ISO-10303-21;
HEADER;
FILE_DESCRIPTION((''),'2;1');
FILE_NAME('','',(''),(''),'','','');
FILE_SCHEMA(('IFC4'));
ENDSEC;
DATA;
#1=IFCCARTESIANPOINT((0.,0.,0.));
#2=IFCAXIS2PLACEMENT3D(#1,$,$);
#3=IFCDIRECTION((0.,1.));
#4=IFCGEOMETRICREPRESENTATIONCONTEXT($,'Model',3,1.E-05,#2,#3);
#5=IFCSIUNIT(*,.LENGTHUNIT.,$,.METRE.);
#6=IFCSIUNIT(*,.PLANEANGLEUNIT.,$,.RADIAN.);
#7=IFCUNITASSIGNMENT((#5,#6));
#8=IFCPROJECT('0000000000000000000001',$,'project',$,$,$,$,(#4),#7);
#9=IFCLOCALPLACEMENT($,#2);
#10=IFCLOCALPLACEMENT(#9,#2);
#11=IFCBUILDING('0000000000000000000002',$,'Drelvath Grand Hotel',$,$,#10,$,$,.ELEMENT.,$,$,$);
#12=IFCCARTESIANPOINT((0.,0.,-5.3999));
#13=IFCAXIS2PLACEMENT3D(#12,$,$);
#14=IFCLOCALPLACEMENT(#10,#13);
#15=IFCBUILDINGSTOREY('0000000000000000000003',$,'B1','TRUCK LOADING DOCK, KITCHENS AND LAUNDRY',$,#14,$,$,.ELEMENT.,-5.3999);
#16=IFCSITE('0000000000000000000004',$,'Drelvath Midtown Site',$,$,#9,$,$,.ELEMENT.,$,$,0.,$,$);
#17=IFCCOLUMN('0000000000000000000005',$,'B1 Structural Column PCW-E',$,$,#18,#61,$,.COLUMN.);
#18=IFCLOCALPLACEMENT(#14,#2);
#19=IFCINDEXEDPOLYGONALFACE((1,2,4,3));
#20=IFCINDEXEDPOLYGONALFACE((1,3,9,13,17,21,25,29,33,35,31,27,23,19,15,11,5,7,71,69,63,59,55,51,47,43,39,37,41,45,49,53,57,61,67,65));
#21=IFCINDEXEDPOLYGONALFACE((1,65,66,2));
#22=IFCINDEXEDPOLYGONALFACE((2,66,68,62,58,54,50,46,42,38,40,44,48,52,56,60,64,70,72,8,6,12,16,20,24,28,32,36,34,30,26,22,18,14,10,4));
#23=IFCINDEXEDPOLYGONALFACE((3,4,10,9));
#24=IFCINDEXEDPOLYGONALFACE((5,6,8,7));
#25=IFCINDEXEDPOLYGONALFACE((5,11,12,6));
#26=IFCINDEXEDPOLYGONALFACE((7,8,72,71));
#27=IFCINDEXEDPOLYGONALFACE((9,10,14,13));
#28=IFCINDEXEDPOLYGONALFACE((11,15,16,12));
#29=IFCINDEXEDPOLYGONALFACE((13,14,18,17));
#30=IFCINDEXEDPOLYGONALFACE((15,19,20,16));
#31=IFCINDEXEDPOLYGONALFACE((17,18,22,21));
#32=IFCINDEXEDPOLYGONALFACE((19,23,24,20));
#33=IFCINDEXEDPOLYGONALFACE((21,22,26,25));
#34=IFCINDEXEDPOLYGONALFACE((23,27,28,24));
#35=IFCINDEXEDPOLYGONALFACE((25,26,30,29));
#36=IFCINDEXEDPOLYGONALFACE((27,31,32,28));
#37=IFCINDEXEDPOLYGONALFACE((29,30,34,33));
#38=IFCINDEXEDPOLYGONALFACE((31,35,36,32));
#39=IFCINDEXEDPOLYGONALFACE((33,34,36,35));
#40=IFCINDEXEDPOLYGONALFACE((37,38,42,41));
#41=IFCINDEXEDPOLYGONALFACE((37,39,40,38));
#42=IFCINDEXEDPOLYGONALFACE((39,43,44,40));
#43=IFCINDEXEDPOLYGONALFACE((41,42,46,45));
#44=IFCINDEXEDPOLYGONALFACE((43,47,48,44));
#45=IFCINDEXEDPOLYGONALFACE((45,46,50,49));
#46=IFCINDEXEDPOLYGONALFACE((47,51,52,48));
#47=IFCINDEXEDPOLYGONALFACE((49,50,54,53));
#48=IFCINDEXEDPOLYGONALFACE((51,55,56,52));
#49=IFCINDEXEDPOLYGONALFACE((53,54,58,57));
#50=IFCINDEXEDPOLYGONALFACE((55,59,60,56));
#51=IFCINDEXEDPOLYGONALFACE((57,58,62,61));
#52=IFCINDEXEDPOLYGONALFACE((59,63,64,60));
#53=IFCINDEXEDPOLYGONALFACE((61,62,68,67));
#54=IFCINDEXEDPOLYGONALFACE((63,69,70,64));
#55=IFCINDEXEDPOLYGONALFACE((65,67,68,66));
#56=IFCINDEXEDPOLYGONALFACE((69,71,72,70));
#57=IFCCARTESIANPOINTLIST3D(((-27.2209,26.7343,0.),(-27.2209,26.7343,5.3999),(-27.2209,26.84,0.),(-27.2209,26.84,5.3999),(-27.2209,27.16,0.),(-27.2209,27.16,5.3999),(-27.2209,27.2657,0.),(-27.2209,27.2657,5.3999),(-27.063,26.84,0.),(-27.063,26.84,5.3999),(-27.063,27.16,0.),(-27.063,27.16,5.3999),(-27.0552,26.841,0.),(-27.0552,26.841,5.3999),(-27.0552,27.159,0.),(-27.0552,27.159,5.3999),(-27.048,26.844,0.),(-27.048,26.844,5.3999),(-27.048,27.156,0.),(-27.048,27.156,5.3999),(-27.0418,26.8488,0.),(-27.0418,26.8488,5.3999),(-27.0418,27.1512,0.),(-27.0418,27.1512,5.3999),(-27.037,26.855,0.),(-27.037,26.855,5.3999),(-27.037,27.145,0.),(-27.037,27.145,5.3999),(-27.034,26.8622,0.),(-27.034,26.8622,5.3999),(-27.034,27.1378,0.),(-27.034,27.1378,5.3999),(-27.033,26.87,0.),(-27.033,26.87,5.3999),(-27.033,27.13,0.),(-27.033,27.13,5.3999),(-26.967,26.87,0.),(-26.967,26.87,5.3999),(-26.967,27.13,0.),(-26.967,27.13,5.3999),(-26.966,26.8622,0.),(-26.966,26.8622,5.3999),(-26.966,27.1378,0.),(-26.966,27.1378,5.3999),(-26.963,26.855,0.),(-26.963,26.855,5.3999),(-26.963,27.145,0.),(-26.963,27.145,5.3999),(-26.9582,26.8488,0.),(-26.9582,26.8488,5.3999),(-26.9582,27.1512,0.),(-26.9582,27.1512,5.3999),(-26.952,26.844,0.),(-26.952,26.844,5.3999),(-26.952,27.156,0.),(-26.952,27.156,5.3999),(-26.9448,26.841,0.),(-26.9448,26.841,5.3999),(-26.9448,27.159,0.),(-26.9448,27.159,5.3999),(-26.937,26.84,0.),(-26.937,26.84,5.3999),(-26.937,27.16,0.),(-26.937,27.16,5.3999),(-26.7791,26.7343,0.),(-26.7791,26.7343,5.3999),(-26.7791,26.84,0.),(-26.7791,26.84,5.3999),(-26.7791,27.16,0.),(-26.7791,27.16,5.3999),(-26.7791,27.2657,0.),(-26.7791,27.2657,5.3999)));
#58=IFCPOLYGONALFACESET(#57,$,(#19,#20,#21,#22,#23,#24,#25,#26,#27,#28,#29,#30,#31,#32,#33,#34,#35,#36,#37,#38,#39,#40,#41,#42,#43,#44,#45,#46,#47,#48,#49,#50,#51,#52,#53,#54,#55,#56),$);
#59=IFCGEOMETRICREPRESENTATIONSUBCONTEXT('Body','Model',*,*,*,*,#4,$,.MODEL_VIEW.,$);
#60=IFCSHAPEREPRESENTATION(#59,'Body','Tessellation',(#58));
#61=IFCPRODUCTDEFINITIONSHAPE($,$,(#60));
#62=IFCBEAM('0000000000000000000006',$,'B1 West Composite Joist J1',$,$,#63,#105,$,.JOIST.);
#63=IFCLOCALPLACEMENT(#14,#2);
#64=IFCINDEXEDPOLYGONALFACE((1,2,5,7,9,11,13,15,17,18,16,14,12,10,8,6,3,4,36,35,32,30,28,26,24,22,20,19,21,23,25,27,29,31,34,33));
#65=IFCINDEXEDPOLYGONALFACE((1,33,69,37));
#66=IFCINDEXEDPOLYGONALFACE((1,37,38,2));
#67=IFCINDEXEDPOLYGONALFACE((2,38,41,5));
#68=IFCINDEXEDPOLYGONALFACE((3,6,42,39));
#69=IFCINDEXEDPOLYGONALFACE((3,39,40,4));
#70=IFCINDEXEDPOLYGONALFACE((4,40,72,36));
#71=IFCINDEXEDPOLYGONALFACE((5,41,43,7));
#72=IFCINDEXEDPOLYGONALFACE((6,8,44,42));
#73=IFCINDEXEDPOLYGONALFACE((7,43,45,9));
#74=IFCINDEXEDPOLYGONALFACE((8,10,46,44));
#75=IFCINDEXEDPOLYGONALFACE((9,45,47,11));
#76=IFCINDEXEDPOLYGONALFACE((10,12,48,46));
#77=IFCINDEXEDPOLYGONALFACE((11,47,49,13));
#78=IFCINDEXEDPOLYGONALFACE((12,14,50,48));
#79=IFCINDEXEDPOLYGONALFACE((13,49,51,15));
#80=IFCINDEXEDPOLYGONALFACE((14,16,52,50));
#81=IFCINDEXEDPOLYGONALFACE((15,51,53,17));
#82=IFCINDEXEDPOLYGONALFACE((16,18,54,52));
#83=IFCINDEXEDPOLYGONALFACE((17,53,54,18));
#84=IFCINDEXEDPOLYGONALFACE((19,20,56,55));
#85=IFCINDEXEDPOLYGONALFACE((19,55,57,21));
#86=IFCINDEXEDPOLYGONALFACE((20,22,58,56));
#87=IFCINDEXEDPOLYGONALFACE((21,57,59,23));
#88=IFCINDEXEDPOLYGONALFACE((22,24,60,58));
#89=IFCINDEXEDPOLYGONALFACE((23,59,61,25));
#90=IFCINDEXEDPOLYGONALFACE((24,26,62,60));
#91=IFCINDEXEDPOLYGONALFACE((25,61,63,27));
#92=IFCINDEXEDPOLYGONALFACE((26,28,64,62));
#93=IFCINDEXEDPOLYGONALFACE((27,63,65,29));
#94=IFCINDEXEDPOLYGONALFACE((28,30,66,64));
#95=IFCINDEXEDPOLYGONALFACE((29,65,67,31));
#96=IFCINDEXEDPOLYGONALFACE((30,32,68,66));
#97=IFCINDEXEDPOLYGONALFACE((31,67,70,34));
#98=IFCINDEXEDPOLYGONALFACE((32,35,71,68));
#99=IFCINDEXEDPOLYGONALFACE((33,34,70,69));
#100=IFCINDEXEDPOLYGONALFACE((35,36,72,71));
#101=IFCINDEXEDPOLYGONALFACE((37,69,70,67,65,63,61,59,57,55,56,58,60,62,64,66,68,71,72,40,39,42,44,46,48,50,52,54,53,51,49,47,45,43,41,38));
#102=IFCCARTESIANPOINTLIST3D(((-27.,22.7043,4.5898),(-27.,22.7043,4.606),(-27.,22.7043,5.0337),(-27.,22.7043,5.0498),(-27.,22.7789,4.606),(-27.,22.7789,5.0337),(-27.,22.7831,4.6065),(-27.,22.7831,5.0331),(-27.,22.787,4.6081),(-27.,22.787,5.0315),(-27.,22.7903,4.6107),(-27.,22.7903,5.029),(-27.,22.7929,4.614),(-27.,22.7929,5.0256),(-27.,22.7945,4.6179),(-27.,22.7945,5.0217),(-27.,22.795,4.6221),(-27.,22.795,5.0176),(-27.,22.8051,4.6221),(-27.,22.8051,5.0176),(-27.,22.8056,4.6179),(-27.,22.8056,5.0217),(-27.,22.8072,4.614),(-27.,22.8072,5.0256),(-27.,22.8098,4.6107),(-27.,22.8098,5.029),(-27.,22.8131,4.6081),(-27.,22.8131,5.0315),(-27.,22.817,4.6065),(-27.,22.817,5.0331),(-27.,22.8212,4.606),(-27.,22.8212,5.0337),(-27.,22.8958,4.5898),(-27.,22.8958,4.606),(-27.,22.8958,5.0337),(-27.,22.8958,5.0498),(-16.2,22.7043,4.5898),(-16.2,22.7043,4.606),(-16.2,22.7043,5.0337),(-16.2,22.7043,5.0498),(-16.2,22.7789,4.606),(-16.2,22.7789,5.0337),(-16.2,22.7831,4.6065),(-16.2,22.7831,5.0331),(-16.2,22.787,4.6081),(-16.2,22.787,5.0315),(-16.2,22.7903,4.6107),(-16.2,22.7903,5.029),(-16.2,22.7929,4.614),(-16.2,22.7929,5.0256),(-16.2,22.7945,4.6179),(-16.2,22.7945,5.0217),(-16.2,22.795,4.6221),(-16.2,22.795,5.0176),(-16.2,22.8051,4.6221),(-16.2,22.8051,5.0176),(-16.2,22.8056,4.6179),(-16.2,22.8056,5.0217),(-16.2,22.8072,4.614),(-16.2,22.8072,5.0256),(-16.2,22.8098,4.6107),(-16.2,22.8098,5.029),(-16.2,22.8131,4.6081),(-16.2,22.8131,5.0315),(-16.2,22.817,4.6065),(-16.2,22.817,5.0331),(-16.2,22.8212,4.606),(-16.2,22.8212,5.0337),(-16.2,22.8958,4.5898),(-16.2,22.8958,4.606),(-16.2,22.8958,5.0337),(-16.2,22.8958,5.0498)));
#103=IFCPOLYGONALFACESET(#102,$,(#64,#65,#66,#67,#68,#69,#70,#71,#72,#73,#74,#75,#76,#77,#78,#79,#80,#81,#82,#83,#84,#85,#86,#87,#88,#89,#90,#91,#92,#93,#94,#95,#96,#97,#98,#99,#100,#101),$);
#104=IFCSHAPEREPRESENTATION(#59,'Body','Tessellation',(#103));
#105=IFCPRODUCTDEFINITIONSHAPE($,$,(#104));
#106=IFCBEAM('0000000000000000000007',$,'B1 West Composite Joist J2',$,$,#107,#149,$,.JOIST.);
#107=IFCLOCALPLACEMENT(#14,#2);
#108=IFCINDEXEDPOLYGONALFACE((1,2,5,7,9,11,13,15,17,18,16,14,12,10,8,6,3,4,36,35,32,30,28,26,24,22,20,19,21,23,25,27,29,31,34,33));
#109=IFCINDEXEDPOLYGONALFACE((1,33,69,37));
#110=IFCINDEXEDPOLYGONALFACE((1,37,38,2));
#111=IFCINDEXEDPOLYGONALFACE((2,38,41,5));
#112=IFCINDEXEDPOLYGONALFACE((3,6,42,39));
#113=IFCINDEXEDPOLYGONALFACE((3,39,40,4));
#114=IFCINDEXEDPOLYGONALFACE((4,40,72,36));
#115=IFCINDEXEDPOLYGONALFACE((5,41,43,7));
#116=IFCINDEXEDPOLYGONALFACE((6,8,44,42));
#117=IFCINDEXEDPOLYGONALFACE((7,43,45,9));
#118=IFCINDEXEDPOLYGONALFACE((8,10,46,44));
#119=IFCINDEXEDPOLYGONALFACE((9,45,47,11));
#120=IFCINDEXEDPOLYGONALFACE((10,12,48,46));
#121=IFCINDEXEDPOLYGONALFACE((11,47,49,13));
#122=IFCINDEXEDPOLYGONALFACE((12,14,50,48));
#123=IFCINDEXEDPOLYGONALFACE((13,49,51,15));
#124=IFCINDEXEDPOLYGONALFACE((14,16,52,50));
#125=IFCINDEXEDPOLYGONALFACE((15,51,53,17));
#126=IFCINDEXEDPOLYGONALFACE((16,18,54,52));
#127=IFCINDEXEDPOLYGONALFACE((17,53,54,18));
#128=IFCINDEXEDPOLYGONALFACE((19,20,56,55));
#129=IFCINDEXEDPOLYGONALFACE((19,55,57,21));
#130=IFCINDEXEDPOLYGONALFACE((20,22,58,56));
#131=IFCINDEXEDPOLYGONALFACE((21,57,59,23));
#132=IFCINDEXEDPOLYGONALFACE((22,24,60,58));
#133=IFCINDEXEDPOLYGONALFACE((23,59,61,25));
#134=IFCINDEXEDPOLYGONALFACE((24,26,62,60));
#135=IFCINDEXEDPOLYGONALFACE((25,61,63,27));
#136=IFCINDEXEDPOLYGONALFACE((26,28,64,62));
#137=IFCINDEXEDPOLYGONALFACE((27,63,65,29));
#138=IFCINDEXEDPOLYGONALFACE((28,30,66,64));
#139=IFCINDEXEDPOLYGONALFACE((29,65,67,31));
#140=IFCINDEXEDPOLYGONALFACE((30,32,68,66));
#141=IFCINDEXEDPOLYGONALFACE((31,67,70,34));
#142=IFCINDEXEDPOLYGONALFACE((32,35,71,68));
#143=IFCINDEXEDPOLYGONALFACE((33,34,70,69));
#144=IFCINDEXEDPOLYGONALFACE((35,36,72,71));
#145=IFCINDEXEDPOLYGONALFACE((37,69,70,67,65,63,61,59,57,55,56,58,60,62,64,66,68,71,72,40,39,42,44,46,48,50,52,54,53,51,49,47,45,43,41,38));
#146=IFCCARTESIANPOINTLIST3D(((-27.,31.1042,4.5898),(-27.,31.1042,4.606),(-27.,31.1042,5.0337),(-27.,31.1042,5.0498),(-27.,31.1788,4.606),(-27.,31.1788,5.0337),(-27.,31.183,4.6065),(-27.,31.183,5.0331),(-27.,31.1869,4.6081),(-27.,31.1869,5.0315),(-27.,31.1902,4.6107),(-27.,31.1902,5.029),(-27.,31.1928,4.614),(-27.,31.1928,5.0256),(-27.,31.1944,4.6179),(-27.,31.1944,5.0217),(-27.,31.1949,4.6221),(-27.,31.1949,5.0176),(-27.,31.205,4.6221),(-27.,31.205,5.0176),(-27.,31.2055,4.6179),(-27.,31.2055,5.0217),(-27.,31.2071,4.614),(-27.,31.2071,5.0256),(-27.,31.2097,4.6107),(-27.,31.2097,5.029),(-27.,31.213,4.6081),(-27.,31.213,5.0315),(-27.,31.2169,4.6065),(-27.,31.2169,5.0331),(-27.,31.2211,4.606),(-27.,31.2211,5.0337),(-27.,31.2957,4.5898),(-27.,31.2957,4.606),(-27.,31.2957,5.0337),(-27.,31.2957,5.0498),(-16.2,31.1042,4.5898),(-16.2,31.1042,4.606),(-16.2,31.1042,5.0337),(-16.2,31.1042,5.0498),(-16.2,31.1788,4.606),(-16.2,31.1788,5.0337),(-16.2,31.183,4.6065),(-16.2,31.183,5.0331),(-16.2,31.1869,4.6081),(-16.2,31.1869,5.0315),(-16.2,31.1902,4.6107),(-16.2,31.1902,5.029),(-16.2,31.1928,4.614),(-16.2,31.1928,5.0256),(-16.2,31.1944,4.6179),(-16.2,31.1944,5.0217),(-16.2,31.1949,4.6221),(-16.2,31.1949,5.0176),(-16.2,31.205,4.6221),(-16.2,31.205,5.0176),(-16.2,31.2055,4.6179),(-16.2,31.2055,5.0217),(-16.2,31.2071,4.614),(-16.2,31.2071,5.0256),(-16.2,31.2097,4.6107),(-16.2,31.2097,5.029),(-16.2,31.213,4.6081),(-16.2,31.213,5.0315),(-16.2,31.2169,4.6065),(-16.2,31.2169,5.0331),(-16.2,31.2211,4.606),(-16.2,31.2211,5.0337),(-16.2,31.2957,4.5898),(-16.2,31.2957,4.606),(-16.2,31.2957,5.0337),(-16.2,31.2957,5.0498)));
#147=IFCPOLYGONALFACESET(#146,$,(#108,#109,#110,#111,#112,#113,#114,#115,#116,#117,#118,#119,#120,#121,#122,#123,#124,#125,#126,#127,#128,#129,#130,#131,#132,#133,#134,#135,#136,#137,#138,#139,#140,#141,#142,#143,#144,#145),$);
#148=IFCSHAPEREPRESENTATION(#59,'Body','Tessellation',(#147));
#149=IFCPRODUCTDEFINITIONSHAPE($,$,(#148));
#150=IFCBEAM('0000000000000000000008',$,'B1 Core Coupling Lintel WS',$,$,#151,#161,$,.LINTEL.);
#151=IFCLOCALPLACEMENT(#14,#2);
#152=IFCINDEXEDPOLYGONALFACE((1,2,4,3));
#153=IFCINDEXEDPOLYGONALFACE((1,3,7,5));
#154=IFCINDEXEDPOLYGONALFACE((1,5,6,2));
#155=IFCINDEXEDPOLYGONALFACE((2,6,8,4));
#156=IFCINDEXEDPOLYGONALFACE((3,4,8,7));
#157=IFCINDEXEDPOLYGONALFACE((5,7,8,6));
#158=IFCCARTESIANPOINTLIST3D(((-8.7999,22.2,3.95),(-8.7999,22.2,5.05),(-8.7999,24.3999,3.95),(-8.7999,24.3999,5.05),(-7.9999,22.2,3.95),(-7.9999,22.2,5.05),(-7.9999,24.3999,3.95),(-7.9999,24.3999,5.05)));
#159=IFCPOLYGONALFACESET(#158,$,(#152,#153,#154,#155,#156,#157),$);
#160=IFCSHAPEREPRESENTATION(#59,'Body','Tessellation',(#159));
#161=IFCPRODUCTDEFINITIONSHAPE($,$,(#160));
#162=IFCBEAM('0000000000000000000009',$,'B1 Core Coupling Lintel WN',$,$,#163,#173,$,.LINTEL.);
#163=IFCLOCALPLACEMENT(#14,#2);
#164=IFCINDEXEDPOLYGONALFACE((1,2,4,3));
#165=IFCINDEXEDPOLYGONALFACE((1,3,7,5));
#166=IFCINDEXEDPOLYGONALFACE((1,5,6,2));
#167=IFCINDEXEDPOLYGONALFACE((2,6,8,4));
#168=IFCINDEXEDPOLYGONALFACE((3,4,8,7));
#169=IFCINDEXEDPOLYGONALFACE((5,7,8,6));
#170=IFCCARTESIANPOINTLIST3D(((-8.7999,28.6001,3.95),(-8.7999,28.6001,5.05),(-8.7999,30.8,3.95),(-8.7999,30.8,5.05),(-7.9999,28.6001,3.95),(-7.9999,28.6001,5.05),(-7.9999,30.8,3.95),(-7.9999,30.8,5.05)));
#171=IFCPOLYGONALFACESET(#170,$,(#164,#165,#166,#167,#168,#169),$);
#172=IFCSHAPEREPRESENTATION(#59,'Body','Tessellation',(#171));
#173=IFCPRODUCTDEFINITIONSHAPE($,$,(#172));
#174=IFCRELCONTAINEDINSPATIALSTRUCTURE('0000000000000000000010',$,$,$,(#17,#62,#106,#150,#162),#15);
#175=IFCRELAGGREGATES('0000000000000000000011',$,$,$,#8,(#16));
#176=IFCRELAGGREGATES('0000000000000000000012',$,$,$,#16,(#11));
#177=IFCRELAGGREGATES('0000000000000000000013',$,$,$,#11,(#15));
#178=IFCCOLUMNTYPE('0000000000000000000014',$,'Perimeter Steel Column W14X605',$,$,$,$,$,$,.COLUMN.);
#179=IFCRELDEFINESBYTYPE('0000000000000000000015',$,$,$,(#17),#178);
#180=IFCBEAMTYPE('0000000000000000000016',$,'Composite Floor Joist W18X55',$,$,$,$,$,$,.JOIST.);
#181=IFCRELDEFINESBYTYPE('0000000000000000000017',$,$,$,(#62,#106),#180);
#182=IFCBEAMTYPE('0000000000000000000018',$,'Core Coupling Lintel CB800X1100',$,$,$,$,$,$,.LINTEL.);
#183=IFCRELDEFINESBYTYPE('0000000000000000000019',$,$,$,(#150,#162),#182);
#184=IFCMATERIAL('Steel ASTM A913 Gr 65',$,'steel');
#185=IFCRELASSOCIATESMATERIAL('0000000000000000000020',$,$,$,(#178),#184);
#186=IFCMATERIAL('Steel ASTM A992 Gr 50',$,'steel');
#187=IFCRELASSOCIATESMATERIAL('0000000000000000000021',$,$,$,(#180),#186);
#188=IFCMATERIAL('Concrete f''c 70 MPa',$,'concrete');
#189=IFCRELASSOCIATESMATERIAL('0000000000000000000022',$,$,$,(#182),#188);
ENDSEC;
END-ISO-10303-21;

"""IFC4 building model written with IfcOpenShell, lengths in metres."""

from ifc_helpers import new_model, si_unit, direction, frame, origin, origin_2d, place, context, subcontext, project, spatial, rectangle, i_section, extrude, material, material_profile, profile_set, type_object, element, save


model = new_model("IFC4")

# Units and contexts
model_context = context("Model", 3, precision=1e-05, world=origin(), true_north=direction((0.0, 1.0)))
body_context = subcontext(model_context, "Body", "Model", "MODEL_VIEW")
ifc_project = project(units=[si_unit("LENGTHUNIT", "METRE"), si_unit("PLANEANGLEUNIT", "RADIAN")], contexts=[model_context])

# Site, building, storey
site_placement = place(None, origin())
site = spatial("IfcSite", under=ifc_project, at=site_placement, Name="Drelvath Midtown Site", CompositionType="ELEMENT", RefElevation=0.0)
building_placement = place(site_placement, origin())
building = spatial("IfcBuilding", under=site, at=building_placement, Name="Drelvath Grand Hotel", CompositionType="ELEMENT")
storey_placement = place(building_placement, frame((0.0, 0.0, -5.3999)))
storey = spatial("IfcBuildingStorey", under=building, at=storey_placement, Name="B1", Description="TRUCK LOADING DOCK, KITCHENS AND LAUNDRY", CompositionType="ELEMENT", Elevation=-5.3999)

# Column
ifc_material_1 = material(Name="Steel ASTM A913 Gr 65", Category="steel")
ifc_material_profile_1 = material_profile(ifc_material_1, i_section(OverallWidth=0.4419, OverallDepth=0.5315, WebThickness=0.0659, FlangeThickness=0.1057, FilletRadius=0.03, at=origin_2d()), Name="W14X605")
ifc_profile_set_1 = profile_set([ifc_material_profile_1], Name="Steel ASTM A913 Gr 65")
column_type = type_object("IfcColumnType", Name="Perimeter Steel Column W14X605", PredefinedType="COLUMN", material=ifc_profile_set_1)
column_placement = place(storey_placement, frame((-27.0, 27.0, 0.0), z_axis=(0.0, 0.0, 1.0), x_axis=(1.0, 0.0, 0.0)))
element("IfcColumn", 1, at=column_placement, inside=storey, type_object=column_type, Name="B1 Structural Column PCW-E", PredefinedType="COLUMN", context=body_context, shape_type="SweptSolid", body=[
    extrude(i_section(OverallWidth=0.4419, OverallDepth=0.5315, WebThickness=0.0659, FlangeThickness=0.1057, FilletRadius=0.03, at=origin_2d()), origin(), (0.0, 0.0, 1.0), 5.3999),
])

# Beams
ifc_material_2 = material(Name="Steel ASTM A992 Gr 50", Category="steel")
ifc_material_profile_2 = material_profile(ifc_material_2, i_section(OverallWidth=0.1914, OverallDepth=0.46, WebThickness=0.01, FlangeThickness=0.0161, FilletRadius=0.0161, at=origin_2d()), Name="W18X55")
ifc_profile_set_2 = profile_set([ifc_material_profile_2], Name="Steel ASTM A992 Gr 50")
beam_type_1 = type_object("IfcBeamType", Name="Composite Floor Joist W18X55", PredefinedType="JOIST", material=ifc_profile_set_2)
for number, where, z_axis, x_axis, name in (
    (2, (-27.0, 22.8, 4.8198), (1.0, 0.0, 0.0), (0.0, 1.0, 0.0), "B1 West Composite Joist J1"),
    (3, (-27.0, 31.2, 4.8198), (1.0, 0.0, 0.0), (0.0, 1.0, 0.0), "B1 West Composite Joist J2"),
):
    element("IfcBeam", number, at=place(storey_placement, frame(where, z_axis=z_axis, x_axis=x_axis)), inside=storey, type_object=beam_type_1, Name=name, PredefinedType="JOIST", context=body_context, shape_type="SweptSolid", body=[
        extrude(i_section(OverallWidth=0.1914, OverallDepth=0.46, WebThickness=0.01, FlangeThickness=0.0161, FilletRadius=0.0161, at=origin_2d()), origin(), (0.0, 0.0, 1.0), 10.8),
    ])
ifc_material_3 = material(Name="Concrete f'c 70 MPa", Category="concrete")
ifc_material_profile_3 = material_profile(ifc_material_3, rectangle(XDim=0.8, YDim=1.1001, at=origin_2d()), Name="CB800X1100")
ifc_profile_set_3 = profile_set([ifc_material_profile_3], Name="Concrete f'c 70 MPa")
beam_type_2 = type_object("IfcBeamType", Name="Core Coupling Lintel CB800X1100", PredefinedType="LINTEL", material=ifc_profile_set_3)
for number, where, z_axis, x_axis, name in (
    (4, (-8.3999, 22.2, 4.5), (0.0, 1.0, 0.0), (-1.0, 0.0, 0.0), "B1 Core Coupling Lintel WS"),
    (5, (-8.3999, 28.6001, 4.5), (0.0, 1.0, 0.0), (-1.0, 0.0, 0.0), "B1 Core Coupling Lintel WN"),
):
    element("IfcBeam", number, at=place(storey_placement, frame(where, z_axis=z_axis, x_axis=x_axis)), inside=storey, type_object=beam_type_2, Name=name, PredefinedType="LINTEL", context=body_context, shape_type="SweptSolid", body=[
        extrude(rectangle(XDim=0.8, YDim=1.1001, at=origin_2d()), origin(), (0.0, 0.0, 1.0), 2.2),
    ])

save(model, "model.ifc")
